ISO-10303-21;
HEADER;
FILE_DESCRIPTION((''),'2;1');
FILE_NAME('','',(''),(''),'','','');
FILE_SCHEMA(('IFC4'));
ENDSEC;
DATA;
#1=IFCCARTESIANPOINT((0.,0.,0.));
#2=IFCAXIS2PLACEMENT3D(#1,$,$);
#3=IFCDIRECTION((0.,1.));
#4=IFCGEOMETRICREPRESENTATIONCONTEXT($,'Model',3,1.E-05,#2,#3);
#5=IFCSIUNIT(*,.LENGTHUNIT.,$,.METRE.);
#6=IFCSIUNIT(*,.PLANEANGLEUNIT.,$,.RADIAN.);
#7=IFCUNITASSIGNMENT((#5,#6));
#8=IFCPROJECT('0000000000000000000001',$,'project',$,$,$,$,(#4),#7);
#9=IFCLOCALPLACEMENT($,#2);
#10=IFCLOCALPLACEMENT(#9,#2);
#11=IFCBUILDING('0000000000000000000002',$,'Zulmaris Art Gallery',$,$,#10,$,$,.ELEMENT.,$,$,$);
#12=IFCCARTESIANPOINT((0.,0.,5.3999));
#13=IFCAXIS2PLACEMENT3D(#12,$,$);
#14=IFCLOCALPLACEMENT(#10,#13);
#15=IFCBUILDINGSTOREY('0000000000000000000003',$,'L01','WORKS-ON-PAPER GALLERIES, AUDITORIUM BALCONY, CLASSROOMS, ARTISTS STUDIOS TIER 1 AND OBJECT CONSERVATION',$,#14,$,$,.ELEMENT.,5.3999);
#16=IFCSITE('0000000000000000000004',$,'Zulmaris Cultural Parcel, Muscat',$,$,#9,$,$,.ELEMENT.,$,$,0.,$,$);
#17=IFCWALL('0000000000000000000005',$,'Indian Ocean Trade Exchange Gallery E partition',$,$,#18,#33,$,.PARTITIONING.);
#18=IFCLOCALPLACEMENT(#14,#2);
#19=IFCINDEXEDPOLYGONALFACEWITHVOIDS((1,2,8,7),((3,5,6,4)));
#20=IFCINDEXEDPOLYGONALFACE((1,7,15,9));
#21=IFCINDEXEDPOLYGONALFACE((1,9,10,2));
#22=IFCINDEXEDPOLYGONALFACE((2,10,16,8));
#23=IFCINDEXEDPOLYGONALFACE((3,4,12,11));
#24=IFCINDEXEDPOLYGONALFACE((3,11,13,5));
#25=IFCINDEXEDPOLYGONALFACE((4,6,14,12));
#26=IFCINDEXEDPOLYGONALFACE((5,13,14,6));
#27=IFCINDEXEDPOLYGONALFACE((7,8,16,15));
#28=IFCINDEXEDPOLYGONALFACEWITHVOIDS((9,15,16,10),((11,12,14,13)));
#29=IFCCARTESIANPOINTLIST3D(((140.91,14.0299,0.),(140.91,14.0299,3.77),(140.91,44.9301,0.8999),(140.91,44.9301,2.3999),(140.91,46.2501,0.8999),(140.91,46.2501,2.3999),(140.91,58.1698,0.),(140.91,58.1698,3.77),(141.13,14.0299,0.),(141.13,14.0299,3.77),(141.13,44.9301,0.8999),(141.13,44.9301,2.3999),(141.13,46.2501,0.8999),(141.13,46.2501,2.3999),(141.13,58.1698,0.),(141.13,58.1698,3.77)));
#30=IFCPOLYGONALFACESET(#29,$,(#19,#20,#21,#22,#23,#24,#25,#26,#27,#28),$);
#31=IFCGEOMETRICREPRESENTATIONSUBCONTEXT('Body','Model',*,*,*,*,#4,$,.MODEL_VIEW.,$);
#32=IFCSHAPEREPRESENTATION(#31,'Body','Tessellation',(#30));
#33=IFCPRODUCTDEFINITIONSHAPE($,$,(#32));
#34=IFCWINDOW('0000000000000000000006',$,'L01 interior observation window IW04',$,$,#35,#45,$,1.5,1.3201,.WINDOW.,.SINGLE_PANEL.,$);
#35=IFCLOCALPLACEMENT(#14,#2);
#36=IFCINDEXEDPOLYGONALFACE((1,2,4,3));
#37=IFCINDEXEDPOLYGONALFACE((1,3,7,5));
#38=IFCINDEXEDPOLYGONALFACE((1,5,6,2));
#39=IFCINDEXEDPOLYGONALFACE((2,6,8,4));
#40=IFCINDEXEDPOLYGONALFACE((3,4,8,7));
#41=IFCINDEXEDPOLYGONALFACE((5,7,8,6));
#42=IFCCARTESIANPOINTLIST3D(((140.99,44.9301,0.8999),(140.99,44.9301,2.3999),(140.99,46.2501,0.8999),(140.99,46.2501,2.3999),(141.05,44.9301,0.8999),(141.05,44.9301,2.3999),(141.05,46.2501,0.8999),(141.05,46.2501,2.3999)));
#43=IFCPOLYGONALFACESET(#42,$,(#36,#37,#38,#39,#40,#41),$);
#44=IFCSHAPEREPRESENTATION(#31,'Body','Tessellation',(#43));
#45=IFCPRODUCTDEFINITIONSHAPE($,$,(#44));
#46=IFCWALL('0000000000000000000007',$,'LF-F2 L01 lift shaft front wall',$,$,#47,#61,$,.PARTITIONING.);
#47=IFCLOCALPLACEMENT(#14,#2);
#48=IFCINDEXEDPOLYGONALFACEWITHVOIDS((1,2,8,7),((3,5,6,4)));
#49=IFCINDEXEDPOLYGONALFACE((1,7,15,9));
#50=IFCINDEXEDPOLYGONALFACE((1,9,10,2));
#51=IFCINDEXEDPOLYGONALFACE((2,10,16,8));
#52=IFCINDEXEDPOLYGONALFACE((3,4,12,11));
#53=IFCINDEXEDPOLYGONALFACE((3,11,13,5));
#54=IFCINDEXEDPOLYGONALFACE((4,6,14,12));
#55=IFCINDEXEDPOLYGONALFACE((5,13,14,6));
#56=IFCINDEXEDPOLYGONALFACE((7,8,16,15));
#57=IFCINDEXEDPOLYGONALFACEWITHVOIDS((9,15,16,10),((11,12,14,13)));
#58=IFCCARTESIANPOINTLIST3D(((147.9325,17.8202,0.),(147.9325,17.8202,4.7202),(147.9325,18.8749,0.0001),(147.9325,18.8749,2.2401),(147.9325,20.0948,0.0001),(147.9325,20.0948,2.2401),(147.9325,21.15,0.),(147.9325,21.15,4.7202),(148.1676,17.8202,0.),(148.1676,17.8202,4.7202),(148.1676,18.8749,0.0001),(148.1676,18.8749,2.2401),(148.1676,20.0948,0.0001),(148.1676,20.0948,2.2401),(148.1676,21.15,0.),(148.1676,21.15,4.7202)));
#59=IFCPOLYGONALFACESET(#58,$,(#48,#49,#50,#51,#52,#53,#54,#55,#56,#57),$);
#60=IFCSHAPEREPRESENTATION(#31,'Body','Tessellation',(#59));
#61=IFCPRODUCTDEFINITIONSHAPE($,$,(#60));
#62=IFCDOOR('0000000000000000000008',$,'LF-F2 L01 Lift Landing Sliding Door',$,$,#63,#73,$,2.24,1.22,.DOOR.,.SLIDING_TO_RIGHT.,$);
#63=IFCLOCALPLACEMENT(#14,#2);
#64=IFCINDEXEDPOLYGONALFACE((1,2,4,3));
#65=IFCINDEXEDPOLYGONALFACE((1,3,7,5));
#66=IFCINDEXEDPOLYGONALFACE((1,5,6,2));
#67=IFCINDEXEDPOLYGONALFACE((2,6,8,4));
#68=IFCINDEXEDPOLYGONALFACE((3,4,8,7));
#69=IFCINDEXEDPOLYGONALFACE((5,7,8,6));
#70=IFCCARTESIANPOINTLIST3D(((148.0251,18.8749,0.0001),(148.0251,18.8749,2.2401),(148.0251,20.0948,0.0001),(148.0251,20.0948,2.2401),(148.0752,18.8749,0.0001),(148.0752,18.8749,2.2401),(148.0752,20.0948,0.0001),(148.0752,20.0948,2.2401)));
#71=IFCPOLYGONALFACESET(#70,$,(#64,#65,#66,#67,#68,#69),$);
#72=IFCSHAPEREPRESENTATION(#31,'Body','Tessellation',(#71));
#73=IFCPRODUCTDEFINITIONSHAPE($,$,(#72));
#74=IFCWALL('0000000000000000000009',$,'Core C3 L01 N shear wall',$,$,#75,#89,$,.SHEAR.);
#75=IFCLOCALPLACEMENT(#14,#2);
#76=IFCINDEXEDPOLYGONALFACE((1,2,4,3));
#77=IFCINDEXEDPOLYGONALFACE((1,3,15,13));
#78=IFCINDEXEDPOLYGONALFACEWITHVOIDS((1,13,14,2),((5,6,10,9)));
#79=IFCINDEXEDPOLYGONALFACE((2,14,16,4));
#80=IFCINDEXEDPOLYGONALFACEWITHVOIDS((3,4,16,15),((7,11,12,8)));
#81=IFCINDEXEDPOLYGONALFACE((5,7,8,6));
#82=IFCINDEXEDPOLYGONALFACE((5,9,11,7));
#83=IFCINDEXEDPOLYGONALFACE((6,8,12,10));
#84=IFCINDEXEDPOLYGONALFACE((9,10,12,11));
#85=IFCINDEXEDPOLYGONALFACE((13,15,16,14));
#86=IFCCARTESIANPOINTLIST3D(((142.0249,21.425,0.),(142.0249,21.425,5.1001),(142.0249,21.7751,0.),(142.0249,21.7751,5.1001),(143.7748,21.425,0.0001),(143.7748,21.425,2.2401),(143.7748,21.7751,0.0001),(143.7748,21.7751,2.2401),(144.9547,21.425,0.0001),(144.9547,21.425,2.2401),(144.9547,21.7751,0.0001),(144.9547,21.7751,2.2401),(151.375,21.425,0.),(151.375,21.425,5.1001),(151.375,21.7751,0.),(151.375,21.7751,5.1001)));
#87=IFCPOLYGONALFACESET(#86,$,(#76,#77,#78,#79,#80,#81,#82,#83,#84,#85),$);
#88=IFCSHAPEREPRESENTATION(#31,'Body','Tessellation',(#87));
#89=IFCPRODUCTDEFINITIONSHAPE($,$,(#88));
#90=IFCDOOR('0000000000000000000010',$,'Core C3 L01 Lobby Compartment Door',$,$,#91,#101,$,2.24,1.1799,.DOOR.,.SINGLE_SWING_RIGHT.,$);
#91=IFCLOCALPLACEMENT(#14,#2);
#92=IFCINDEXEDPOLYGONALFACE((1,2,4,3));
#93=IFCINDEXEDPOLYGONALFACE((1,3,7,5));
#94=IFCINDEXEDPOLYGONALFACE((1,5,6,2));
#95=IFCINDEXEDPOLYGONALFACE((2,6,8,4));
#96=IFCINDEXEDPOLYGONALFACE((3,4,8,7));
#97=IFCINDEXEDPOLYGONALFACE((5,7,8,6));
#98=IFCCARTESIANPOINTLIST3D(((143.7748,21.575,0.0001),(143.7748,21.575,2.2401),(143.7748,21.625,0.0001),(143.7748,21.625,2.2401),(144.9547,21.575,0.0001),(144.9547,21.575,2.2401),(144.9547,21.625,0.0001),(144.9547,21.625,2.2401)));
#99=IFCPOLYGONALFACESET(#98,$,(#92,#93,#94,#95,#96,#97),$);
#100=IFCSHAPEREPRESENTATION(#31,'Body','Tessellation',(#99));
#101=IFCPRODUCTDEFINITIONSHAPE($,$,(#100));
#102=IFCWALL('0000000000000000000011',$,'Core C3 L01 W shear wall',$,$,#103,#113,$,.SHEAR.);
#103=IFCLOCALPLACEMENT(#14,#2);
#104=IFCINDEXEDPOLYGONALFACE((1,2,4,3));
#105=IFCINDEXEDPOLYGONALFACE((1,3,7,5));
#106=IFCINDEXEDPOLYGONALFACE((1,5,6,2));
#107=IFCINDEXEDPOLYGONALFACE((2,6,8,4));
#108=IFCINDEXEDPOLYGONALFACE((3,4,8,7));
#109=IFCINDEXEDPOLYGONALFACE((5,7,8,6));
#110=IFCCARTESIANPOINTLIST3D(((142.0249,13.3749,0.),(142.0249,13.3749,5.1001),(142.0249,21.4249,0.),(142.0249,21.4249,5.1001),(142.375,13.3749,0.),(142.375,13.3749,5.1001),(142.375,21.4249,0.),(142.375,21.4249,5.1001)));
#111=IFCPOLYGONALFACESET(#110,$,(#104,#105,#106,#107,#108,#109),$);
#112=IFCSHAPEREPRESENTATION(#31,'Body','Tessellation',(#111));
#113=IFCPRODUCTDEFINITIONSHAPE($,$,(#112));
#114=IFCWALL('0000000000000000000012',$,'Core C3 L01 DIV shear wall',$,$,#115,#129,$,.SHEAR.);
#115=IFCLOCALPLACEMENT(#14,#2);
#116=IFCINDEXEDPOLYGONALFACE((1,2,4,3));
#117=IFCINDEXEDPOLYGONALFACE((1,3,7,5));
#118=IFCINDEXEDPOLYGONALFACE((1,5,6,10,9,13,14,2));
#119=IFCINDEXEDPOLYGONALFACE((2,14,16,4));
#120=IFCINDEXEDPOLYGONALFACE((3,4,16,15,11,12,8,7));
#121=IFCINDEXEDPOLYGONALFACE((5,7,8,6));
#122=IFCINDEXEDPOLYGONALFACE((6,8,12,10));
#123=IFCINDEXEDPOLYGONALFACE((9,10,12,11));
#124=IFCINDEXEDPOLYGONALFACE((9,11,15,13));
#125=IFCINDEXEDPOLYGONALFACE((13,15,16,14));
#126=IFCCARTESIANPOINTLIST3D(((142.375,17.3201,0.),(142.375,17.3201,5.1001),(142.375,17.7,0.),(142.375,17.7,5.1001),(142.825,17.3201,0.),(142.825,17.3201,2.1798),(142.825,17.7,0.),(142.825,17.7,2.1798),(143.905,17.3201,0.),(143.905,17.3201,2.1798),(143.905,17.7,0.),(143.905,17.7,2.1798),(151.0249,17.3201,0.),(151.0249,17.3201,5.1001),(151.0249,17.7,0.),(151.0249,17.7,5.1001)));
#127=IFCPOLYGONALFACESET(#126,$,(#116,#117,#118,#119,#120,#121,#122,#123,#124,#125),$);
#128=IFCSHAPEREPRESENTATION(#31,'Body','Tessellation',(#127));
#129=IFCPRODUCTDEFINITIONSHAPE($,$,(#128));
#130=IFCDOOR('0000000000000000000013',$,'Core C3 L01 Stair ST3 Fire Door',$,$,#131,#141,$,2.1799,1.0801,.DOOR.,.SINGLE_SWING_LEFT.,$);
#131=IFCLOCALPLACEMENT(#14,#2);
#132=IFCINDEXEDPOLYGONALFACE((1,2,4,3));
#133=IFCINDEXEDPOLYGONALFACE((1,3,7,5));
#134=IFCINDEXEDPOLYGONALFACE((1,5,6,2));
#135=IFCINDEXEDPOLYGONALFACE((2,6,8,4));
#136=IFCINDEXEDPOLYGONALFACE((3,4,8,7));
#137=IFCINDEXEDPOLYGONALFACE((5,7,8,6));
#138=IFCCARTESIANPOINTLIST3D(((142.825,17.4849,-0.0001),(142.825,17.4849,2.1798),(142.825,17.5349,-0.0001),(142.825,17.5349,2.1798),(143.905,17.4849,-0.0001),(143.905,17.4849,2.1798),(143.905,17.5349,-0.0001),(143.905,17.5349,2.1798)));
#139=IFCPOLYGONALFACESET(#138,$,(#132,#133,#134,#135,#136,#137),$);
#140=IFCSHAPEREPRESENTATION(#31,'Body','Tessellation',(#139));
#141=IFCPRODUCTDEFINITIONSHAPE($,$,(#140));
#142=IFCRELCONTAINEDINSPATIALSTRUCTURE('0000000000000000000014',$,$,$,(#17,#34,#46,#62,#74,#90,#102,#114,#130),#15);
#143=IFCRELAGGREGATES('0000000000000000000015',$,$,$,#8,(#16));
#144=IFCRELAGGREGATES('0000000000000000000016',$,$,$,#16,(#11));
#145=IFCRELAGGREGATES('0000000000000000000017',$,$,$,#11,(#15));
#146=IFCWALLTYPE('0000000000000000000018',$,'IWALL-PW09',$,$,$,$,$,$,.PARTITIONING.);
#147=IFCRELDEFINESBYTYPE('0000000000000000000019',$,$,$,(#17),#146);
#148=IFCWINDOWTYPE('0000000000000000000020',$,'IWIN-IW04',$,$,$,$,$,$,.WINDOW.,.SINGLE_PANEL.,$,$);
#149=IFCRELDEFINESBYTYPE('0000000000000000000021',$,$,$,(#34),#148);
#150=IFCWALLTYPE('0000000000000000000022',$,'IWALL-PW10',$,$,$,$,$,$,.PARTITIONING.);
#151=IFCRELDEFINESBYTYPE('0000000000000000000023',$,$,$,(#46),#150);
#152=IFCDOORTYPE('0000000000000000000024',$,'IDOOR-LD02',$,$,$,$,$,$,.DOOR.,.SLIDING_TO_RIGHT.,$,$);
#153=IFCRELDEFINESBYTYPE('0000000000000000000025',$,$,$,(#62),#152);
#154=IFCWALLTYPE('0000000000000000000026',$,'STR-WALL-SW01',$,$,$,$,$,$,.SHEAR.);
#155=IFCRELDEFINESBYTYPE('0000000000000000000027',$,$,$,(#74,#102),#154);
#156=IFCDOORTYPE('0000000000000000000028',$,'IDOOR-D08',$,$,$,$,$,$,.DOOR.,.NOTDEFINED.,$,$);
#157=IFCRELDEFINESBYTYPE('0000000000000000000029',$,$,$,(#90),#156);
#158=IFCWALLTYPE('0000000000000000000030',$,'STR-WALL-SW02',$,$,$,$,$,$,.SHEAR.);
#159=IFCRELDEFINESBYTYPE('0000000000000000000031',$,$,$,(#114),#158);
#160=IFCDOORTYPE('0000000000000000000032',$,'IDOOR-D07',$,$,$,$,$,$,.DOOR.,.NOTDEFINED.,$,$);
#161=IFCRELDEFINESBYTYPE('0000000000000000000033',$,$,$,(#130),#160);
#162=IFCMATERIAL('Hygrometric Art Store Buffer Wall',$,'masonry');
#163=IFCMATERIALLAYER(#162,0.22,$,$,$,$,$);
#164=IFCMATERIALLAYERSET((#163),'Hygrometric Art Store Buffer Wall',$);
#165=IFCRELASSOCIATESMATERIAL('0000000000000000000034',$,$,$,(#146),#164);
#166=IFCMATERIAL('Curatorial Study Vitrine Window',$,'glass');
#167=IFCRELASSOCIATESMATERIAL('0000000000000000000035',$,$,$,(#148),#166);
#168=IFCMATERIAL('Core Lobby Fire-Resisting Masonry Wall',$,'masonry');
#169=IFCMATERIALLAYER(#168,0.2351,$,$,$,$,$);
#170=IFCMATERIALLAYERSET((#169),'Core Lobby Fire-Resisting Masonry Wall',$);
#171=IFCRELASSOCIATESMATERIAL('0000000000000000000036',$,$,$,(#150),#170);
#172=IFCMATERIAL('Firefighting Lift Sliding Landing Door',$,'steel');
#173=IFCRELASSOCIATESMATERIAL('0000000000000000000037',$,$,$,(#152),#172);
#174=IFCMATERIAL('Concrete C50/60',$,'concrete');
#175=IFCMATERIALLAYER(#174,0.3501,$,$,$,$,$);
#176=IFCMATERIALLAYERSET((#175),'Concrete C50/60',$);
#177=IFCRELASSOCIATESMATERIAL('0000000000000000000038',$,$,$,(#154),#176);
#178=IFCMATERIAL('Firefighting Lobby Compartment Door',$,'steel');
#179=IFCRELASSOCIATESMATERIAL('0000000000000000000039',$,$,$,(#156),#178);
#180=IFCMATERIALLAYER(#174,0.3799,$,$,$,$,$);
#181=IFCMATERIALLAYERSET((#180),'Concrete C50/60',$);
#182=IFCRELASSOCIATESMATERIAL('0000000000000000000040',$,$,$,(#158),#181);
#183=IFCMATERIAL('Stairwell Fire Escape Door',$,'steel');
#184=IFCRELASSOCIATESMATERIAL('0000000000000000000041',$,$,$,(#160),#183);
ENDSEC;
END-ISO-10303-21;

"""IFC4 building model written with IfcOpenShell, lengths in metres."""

from ifc_helpers import new_model, si_unit, direction, frame, frame_2d, origin, place, context, subcontext, project, spatial, rectangle, extrude, material, layer, layer_set, type_object, element, fill, save


model = new_model("IFC4")

# Units and contexts
model_context = context("Model", 3, precision=1e-05, world=origin(), true_north=direction((0.0, 1.0)))
body_context = subcontext(model_context, "Body", "Model", "MODEL_VIEW")
ifc_project = project(units=[si_unit("LENGTHUNIT", "METRE"), si_unit("PLANEANGLEUNIT", "RADIAN")], contexts=[model_context])

# Site, building, storey
site_placement = place(None, origin())
site = spatial("IfcSite", under=ifc_project, at=site_placement, Name="Zulmaris Cultural Parcel, Muscat", CompositionType="ELEMENT", RefElevation=0.0)
building_placement = place(site_placement, origin())
building = spatial("IfcBuilding", under=site, at=building_placement, Name="Zulmaris Art Gallery", CompositionType="ELEMENT")
storey_placement = place(building_placement, frame((0.0, 0.0, 5.3999)))
storey = spatial("IfcBuildingStorey", under=building, at=storey_placement, Name="L01", Description="WORKS-ON-PAPER GALLERIES, AUDITORIUM BALCONY, CLASSROOMS, ARTISTS STUDIOS TIER 1 AND OBJECT CONSERVATION", CompositionType="ELEMENT", Elevation=5.3999)

# Shared definitions
ifc_material_1 = material(Name="Concrete C50/60", Category="concrete")

# Wall, opening, window
ifc_material_2 = material(Name="Hygrometric Art Store Buffer Wall", Category="masonry")
ifc_layer_1 = layer(ifc_material_2, 0.22)
ifc_layer_set_1 = layer_set([ifc_layer_1], Name="Hygrometric Art Store Buffer Wall")
wall_type_1 = type_object("IfcWallType", Name="IWALL-PW09", PredefinedType="PARTITIONING", material=ifc_layer_set_1)
wall_1_placement = place(storey_placement, frame((141.02, 14.03, 0.0), z_axis=(0.0, 0.0, 1.0), x_axis=(0.0, 1.0, 0.0)))
wall_1 = element("IfcWall", 1, at=wall_1_placement, inside=storey, type_object=wall_type_1, Name="Indian Ocean Trade Exchange Gallery E partition", PredefinedType="PARTITIONING", context=body_context, shape_type="SweptSolid", body=[
    extrude(rectangle(XDim=44.1399, YDim=0.22, at=frame_2d((22.0698, 0.0))), origin(), (0.0, 0.0, 1.0), 3.77),
])
opening_1_placement = place(wall_1_placement, frame((30.8999, 0.0, 0.8999)))
opening_1 = element("IfcOpeningElement", 2, at=opening_1_placement, cuts=wall_1, PredefinedType="OPENING", context=body_context, shape_type="SweptSolid", body=[
    extrude(rectangle(XDim=1.3201, YDim=1.5, at=frame_2d((0.6602, 0.75))), frame((0.0, 0.1199, 0.0), z_axis=(0.0, -1.0, 0.0), x_axis=(1.0, 0.0, 0.0)), (0.0, 0.0, 1.0), 0.24),
])
ifc_material_3 = material(Name="Curatorial Study Vitrine Window", Category="glass")
window_type = type_object("IfcWindowType", Name="IWIN-IW04", PartitioningType="SINGLE_PANEL", PredefinedType="WINDOW", material=ifc_material_3)
window_placement = place(opening_1_placement, origin())
window = element("IfcWindow", 3, at=window_placement, inside=storey, type_object=window_type, Name="L01 interior observation window IW04", OverallHeight=1.5, OverallWidth=1.3201, PartitioningType="SINGLE_PANEL", PredefinedType="WINDOW", context=body_context, shape_type="SweptSolid", body=[
    extrude(rectangle(XDim=1.3201, YDim=1.5, at=frame_2d((0.6602, 0.75))), frame((0.0, 0.03, 0.0), z_axis=(0.0, -1.0, 0.0), x_axis=(1.0, 0.0, 0.0)), (0.0, 0.0, 1.0), 0.0601),
])
fill(opening_1, window)

# Walls, openings, doors
ifc_material_4 = material(Name="Core Lobby Fire-Resisting Masonry Wall", Category="masonry")
ifc_layer_2 = layer(ifc_material_4, 0.2351)
ifc_layer_set_2 = layer_set([ifc_layer_2], Name="Core Lobby Fire-Resisting Masonry Wall")
wall_type_2 = type_object("IfcWallType", Name="IWALL-PW10", PredefinedType="PARTITIONING", material=ifc_layer_set_2)
wall_2_placement = place(storey_placement, frame((148.05, 17.8201, 0.0), z_axis=(0.0, 0.0, 1.0), x_axis=(0.0, 1.0, 0.0)))
wall_2 = element("IfcWall", 4, at=wall_2_placement, inside=storey, type_object=wall_type_2, Name="LF-F2 L01 lift shaft front wall", PredefinedType="PARTITIONING", context=body_context, shape_type="SweptSolid", body=[
    extrude(rectangle(XDim=3.3298, YDim=0.2351, at=frame_2d((1.665, 0.0))), origin(), (0.0, 0.0, 1.0), 4.7202),
])
opening_2_placement = place(wall_2_placement, frame((1.0549, 0.0, 0.0)))
opening_2 = element("IfcOpeningElement", 5, at=opening_2_placement, cuts=wall_2, PredefinedType="OPENING", context=body_context, shape_type="SweptSolid", body=[
    extrude(rectangle(XDim=1.22, YDim=2.24, at=frame_2d((0.6099, 1.1201))), frame((0.0, 0.1274, 0.0), z_axis=(0.0, -1.0, 0.0), x_axis=(1.0, 0.0, 0.0)), (0.0, 0.0, 1.0), 0.2551),
])
ifc_material_5 = material(Name="Firefighting Lift Sliding Landing Door", Category="steel")
door_type_1 = type_object("IfcDoorType", Name="IDOOR-LD02", OperationType="SLIDING_TO_RIGHT", PredefinedType="DOOR", material=ifc_material_5)
door_1_placement = place(opening_2_placement, origin())
door_1 = element("IfcDoor", 6, at=door_1_placement, inside=storey, type_object=door_type_1, Name="LF-F2 L01 Lift Landing Sliding Door", OperationType="SLIDING_TO_RIGHT", OverallHeight=2.24, OverallWidth=1.22, PredefinedType="DOOR", context=body_context, shape_type="SweptSolid", body=[
    extrude(rectangle(XDim=1.22, YDim=2.24, at=frame_2d((0.6099, 1.1201))), frame((0.0, 0.0249, 0.0), z_axis=(0.0, -1.0, 0.0), x_axis=(1.0, 0.0, 0.0)), (0.0, 0.0, 1.0), 0.05),
])
fill(opening_2, door_1)
ifc_layer_3 = layer(ifc_material_1, 0.3501)
ifc_layer_set_3 = layer_set([ifc_layer_3], Name="Concrete C50/60")
wall_type_3 = type_object("IfcWallType", Name="STR-WALL-SW01", PredefinedType="SHEAR", material=ifc_layer_set_3)
wall_3_placement = place(storey_placement, frame((142.0249, 21.6001, 0.0), z_axis=(0.0, 0.0, 1.0), x_axis=(1.0, 0.0, 0.0)))
wall_3 = element("IfcWall", 7, at=wall_3_placement, inside=storey, type_object=wall_type_3, Name="Core C3 L01 N shear wall", PredefinedType="SHEAR", context=body_context, shape_type="SweptSolid", body=[
    extrude(rectangle(XDim=9.3501, YDim=0.3501, at=frame_2d((4.675, 0.0))), origin(), (0.0, 0.0, 1.0), 5.1001),
])
opening_3_placement = place(wall_3_placement, frame((1.75, 0.0, 0.0)))
opening_3 = element("IfcOpeningElement", 8, at=opening_3_placement, cuts=wall_3, PredefinedType="OPENING", context=body_context, shape_type="SweptSolid", body=[
    extrude(rectangle(XDim=1.1799, YDim=2.24, at=frame_2d((0.5898, 1.1201))), frame((0.0, 0.1851, 0.0), z_axis=(0.0, -1.0, 0.0), x_axis=(1.0, 0.0, 0.0)), (0.0, 0.0, 1.0), 0.3701),
])
ifc_material_6 = material(Name="Firefighting Lobby Compartment Door", Category="steel")
door_type_2 = type_object("IfcDoorType", Name="IDOOR-D08", OperationType="NOTDEFINED", PredefinedType="DOOR", material=ifc_material_6)
door_2_placement = place(opening_3_placement, origin())
door_2 = element("IfcDoor", 9, at=door_2_placement, inside=storey, type_object=door_type_2, Name="Core C3 L01 Lobby Compartment Door", OperationType="SINGLE_SWING_RIGHT", OverallHeight=2.24, OverallWidth=1.1799, PredefinedType="DOOR", context=body_context, shape_type="SweptSolid", body=[
    extrude(rectangle(XDim=1.1799, YDim=2.24, at=frame_2d((0.5898, 1.1201))), frame((0.0, 0.0249, 0.0), z_axis=(0.0, -1.0, 0.0), x_axis=(1.0, 0.0, 0.0)), (0.0, 0.0, 1.0), 0.05),
])
fill(opening_3, door_2)

# Wall
wall_4_placement = place(storey_placement, frame((142.2, 13.375, 0.0), z_axis=(0.0, 0.0, 1.0), x_axis=(0.0, 1.0, 0.0)))
element("IfcWall", 10, at=wall_4_placement, inside=storey, type_object=wall_type_3, Name="Core C3 L01 W shear wall", PredefinedType="SHEAR", context=body_context, shape_type="SweptSolid", body=[
    extrude(rectangle(XDim=8.05, YDim=0.3501, at=frame_2d((4.0249, 0.0))), origin(), (0.0, 0.0, 1.0), 5.1001),
])

# Wall, opening, door
ifc_layer_4 = layer(ifc_material_1, 0.3799)
ifc_layer_set_4 = layer_set([ifc_layer_4], Name="Concrete C50/60")
wall_type_4 = type_object("IfcWallType", Name="STR-WALL-SW02", PredefinedType="SHEAR", material=ifc_layer_set_4)
wall_5_placement = place(storey_placement, frame((142.375, 17.51, 0.0), z_axis=(0.0, 0.0, 1.0), x_axis=(1.0, 0.0, 0.0)))
wall_5 = element("IfcWall", 11, at=wall_5_placement, inside=storey, type_object=wall_type_4, Name="Core C3 L01 DIV shear wall", PredefinedType="SHEAR", context=body_context, shape_type="SweptSolid", body=[
    extrude(rectangle(XDim=8.6499, YDim=0.3799, at=frame_2d((4.325, 0.0))), origin(), (0.0, 0.0, 1.0), 5.1001),
])
opening_4_placement = place(wall_5_placement, frame((0.45, 0.0, 0.0)))
opening_4 = element("IfcOpeningElement", 12, at=opening_4_placement, cuts=wall_5, PredefinedType="OPENING", context=body_context, shape_type="SweptSolid", body=[
    extrude(rectangle(XDim=1.0801, YDim=2.1799, at=frame_2d((0.54, 1.0898))), frame((0.0, 0.2, 0.0), z_axis=(0.0, -1.0, 0.0), x_axis=(1.0, 0.0, 0.0)), (0.0, 0.0, 1.0), 0.3999),
])
ifc_material_7 = material(Name="Stairwell Fire Escape Door", Category="steel")
door_type_3 = type_object("IfcDoorType", Name="IDOOR-D07", OperationType="NOTDEFINED", PredefinedType="DOOR", material=ifc_material_7)
door_3_placement = place(opening_4_placement, origin())
door_3 = element("IfcDoor", 13, at=door_3_placement, inside=storey, type_object=door_type_3, Name="Core C3 L01 Stair ST3 Fire Door", OperationType="SINGLE_SWING_LEFT", OverallHeight=2.1799, OverallWidth=1.0801, PredefinedType="DOOR", context=body_context, shape_type="SweptSolid", body=[
    extrude(rectangle(XDim=1.0801, YDim=2.1799, at=frame_2d((0.54, 1.0898))), frame((0.0, 0.0249, 0.0), z_axis=(0.0, -1.0, 0.0), x_axis=(1.0, 0.0, 0.0)), (0.0, 0.0, 1.0), 0.05),
])
fill(opening_4, door_3)

save(model, "model.ifc")
